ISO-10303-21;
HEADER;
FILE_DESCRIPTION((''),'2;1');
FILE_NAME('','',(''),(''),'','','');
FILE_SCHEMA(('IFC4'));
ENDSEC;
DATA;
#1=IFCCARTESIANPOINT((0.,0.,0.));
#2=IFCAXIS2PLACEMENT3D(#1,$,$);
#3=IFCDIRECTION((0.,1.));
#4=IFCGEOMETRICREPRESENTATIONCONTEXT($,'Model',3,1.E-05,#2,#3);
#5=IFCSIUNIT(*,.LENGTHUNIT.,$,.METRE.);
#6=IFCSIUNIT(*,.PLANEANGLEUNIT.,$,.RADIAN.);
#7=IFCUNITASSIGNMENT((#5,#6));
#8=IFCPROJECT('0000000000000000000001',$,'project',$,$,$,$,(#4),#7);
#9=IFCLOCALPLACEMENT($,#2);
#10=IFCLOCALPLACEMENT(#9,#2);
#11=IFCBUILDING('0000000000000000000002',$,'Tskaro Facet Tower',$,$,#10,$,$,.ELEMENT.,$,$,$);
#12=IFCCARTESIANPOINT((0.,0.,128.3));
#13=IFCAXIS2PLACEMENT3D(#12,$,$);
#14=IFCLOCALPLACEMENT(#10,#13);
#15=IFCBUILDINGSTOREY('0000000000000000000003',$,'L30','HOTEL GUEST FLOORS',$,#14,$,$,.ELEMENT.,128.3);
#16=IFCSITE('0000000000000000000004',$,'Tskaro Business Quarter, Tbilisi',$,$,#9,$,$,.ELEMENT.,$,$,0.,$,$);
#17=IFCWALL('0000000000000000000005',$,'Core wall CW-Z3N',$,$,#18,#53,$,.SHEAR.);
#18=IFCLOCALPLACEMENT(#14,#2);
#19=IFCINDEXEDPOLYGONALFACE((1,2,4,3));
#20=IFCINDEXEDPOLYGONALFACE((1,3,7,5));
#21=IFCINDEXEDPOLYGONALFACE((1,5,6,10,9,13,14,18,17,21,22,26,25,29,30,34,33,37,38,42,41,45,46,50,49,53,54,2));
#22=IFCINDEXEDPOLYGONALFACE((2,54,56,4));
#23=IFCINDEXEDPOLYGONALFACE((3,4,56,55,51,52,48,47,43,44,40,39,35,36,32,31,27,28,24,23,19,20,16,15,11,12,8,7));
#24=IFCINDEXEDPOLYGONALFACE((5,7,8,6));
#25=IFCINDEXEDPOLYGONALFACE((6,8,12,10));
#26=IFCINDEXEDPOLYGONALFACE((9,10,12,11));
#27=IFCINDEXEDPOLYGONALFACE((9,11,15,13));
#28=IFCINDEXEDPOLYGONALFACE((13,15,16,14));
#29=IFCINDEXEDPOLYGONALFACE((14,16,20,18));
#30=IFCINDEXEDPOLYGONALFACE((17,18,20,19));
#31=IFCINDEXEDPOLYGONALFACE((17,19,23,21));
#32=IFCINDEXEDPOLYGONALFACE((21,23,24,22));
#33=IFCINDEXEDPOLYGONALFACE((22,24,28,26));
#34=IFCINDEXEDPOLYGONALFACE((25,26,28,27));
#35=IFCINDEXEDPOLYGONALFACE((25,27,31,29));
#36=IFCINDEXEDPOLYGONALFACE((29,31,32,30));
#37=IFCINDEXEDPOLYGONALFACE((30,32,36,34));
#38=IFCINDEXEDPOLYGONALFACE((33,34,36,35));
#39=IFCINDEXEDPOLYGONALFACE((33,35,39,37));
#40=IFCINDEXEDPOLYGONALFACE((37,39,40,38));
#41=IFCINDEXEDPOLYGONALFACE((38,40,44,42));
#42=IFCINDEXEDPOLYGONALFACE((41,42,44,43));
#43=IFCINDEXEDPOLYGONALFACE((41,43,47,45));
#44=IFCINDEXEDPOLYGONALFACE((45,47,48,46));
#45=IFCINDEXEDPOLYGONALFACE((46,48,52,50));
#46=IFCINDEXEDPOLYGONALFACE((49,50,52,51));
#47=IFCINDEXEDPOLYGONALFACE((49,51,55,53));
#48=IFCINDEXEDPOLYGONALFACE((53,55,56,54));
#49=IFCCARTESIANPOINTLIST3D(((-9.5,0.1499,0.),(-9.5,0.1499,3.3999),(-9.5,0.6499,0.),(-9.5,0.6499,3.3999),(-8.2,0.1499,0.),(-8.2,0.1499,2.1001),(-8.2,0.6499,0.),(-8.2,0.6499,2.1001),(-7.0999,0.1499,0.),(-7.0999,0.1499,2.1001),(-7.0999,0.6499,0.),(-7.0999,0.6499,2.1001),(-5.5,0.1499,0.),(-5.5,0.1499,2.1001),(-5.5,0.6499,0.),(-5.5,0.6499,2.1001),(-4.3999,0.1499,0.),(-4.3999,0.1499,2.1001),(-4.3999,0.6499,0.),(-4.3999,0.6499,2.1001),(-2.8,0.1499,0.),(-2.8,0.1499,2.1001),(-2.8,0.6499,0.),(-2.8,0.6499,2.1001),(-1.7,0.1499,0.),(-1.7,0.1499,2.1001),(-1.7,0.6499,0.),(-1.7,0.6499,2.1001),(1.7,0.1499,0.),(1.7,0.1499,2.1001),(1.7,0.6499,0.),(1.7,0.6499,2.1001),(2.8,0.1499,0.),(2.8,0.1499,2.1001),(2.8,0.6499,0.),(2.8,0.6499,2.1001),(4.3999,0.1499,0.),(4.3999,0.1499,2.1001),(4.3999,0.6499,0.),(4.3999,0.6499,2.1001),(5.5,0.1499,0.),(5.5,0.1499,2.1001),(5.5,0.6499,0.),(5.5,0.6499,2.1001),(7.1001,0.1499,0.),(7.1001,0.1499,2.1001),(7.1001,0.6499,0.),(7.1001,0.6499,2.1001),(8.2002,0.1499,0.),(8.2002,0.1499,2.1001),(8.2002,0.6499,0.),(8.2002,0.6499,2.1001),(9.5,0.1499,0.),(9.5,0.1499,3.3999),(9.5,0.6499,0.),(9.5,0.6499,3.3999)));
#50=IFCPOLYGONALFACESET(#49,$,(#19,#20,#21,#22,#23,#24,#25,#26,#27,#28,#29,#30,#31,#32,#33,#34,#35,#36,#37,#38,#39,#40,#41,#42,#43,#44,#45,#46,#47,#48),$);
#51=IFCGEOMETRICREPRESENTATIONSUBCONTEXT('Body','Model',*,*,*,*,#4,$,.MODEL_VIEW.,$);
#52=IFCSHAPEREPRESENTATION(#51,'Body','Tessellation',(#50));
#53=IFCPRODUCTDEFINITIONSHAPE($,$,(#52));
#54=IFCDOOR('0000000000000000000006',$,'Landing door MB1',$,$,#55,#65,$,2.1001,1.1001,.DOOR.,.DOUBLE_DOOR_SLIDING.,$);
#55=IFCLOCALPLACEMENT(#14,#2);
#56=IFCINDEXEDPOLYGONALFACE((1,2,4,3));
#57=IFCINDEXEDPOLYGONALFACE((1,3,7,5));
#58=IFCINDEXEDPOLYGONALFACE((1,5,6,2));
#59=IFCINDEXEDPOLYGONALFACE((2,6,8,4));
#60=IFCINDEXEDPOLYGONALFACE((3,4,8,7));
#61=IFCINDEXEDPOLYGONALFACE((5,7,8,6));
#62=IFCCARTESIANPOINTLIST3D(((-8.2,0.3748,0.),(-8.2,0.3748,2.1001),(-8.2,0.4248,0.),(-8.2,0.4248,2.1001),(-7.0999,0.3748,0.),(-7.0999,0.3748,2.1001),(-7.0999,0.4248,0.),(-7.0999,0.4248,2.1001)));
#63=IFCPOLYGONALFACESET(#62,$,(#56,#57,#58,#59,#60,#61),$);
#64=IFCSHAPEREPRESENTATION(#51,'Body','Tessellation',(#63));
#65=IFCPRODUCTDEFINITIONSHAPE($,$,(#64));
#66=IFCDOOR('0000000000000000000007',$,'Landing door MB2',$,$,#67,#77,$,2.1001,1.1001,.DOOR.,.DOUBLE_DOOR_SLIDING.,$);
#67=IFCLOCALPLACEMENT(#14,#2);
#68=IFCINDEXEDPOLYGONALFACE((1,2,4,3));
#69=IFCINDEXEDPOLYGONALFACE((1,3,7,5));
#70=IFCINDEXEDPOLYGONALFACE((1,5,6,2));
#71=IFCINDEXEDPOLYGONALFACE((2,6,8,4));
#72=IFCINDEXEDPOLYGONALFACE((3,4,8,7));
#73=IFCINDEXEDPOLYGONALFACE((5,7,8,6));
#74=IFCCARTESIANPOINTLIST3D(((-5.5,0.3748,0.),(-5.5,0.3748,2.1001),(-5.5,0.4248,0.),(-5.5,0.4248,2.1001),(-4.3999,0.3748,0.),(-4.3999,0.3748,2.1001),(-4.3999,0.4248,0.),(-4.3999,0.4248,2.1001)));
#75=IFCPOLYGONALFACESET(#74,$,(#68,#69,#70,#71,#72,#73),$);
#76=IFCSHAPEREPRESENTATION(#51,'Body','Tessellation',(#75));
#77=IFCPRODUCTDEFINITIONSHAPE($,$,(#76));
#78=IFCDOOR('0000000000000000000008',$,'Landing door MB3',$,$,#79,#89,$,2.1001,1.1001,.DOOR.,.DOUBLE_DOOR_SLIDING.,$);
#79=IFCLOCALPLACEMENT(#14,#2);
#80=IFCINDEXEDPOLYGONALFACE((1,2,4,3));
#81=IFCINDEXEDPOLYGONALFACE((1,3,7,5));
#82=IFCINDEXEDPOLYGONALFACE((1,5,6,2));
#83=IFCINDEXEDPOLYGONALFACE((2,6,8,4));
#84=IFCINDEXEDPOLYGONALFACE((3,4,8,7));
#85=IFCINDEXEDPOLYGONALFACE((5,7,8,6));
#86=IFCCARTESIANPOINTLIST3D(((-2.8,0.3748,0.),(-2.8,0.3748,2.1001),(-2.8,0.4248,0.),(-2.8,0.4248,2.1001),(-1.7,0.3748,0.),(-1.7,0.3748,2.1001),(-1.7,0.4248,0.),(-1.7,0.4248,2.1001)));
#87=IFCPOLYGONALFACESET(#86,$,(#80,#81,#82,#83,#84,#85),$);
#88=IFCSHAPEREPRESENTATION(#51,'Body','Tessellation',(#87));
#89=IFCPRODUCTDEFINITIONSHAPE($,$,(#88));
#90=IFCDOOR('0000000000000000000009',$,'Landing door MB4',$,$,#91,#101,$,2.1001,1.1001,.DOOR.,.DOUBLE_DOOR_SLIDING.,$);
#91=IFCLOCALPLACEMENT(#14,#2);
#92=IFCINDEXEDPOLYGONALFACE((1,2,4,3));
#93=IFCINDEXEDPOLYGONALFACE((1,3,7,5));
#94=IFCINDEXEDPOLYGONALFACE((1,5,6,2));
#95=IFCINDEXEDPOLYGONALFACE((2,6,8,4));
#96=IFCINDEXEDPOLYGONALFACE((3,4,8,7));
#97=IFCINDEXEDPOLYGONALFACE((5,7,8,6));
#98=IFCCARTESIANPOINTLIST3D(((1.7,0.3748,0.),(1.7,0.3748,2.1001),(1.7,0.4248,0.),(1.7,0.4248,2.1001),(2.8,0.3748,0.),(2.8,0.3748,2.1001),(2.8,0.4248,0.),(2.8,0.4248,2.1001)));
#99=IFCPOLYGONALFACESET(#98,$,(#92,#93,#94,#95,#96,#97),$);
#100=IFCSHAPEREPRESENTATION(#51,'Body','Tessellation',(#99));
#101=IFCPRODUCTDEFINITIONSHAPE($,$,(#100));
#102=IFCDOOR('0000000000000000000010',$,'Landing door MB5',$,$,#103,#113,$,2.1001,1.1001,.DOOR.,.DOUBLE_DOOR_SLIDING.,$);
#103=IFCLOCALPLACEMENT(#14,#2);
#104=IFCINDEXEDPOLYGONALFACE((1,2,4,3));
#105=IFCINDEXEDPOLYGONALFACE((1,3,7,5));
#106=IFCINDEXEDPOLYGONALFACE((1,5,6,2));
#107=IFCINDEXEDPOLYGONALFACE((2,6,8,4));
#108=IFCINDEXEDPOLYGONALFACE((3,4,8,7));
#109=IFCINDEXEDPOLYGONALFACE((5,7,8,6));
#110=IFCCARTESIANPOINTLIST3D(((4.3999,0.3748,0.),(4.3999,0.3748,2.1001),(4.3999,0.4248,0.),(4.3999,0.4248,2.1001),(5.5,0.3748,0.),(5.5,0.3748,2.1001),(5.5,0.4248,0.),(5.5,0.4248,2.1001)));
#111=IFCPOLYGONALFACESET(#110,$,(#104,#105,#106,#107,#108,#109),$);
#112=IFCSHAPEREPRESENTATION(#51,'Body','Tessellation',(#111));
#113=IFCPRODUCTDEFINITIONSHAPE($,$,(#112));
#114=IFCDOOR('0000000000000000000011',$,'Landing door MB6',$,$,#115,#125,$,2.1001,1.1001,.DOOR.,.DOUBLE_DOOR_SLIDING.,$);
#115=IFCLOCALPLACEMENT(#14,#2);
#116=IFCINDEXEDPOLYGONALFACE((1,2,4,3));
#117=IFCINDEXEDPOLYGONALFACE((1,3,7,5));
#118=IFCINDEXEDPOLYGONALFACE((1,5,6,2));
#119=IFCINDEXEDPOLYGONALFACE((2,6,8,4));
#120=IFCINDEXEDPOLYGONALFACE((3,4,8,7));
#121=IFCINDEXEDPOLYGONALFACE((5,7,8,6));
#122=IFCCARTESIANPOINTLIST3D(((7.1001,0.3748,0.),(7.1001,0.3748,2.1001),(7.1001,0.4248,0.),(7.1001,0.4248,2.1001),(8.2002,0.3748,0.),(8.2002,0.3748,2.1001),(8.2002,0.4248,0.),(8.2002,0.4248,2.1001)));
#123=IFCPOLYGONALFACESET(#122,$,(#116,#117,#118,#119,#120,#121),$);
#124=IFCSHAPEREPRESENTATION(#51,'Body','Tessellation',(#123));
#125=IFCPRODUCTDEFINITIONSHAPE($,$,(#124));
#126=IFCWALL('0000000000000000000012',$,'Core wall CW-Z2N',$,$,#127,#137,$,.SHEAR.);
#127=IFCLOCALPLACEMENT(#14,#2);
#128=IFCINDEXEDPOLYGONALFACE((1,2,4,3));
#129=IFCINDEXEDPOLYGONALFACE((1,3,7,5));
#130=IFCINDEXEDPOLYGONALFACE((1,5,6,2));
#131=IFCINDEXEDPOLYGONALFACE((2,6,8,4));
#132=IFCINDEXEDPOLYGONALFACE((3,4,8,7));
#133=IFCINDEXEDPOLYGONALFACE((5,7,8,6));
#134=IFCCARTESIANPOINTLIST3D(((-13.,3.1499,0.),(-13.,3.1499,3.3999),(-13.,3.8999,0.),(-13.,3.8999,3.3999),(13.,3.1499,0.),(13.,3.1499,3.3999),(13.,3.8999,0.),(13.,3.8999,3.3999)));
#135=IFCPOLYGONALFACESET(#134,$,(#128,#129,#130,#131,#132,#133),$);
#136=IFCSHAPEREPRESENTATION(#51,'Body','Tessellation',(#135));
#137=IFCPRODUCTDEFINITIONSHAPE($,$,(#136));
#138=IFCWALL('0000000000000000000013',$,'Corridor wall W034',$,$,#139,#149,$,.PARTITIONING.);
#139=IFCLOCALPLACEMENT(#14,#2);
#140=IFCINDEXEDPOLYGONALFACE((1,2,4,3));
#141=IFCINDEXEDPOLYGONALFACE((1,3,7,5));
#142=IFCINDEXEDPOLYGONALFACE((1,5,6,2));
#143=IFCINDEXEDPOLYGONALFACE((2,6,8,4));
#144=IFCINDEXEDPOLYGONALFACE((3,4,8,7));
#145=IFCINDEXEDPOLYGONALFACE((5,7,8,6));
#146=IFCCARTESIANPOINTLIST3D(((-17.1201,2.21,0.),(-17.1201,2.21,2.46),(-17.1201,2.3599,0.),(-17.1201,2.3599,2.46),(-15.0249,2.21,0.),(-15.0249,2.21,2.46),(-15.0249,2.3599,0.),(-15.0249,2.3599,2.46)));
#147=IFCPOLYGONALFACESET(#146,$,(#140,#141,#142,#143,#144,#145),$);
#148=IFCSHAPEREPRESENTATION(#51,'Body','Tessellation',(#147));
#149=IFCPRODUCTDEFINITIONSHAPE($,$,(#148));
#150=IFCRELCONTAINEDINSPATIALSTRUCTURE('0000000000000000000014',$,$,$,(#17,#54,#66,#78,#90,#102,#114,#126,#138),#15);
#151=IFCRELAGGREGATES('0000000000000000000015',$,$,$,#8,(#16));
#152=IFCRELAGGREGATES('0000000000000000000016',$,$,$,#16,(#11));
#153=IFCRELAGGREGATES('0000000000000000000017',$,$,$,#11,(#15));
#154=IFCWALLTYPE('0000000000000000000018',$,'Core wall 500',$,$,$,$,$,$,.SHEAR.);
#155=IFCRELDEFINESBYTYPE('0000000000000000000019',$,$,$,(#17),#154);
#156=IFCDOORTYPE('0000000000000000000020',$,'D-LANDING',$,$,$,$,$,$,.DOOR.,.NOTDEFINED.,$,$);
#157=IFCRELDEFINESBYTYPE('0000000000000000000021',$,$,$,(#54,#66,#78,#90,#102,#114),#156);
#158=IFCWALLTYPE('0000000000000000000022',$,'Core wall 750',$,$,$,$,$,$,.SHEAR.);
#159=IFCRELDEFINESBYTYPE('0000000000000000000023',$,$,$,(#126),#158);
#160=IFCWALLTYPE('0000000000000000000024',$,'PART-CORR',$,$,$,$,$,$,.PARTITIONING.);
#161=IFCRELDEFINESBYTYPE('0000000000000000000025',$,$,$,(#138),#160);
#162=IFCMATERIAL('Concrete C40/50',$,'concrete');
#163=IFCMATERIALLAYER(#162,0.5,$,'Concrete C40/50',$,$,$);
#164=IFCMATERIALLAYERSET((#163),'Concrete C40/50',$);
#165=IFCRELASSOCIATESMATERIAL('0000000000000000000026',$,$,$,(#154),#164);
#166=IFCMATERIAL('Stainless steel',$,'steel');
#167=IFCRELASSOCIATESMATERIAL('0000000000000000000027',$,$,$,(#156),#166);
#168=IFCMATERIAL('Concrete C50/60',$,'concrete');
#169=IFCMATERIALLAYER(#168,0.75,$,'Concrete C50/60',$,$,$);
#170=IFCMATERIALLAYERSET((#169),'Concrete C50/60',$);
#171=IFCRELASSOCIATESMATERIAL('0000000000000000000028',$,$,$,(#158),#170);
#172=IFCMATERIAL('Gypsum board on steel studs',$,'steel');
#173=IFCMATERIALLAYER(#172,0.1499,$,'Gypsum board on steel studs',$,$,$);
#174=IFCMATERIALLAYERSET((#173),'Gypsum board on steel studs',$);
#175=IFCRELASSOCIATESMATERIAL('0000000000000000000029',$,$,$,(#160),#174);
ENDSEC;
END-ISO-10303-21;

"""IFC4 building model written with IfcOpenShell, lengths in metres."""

from ifc_helpers import new_model, si_unit, direction, frame, frame_2d, origin, place, context, subcontext, project, spatial, rectangle, extrude, material, layer, layer_set, type_object, element, fill, save


model = new_model("IFC4")

# Units and contexts
model_context = context("Model", 3, precision=1e-05, world=origin(), true_north=direction((0.0, 1.0)))
body_context = subcontext(model_context, "Body", "Model", "MODEL_VIEW")
ifc_project = project(units=[si_unit("LENGTHUNIT", "METRE"), si_unit("PLANEANGLEUNIT", "RADIAN")], contexts=[model_context])

# Site, building, storey
site_placement = place(None, origin())
site = spatial("IfcSite", under=ifc_project, at=site_placement, Name="Tskaro Business Quarter, Tbilisi", CompositionType="ELEMENT", RefElevation=0.0)
building_placement = place(site_placement, origin())
building = spatial("IfcBuilding", under=site, at=building_placement, Name="Tskaro Facet Tower", CompositionType="ELEMENT")
storey_placement = place(building_placement, frame((0.0, 0.0, 128.3)))
storey = spatial("IfcBuildingStorey", under=building, at=storey_placement, Name="L30", Description="HOTEL GUEST FLOORS", CompositionType="ELEMENT", Elevation=128.3)

# Wall, openings, doors
ifc_material_1 = material(Name="Concrete C40/50", Category="concrete")
ifc_layer_1 = layer(ifc_material_1, 0.5, Name="Concrete C40/50")
ifc_layer_set_1 = layer_set([ifc_layer_1], Name="Concrete C40/50")
wall_type_1 = type_object("IfcWallType", Name="Core wall 500", PredefinedType="SHEAR", material=ifc_layer_set_1)
wall_1_placement = place(storey_placement, frame((-9.5, 0.3999, 0.0), z_axis=(0.0, 0.0, 1.0), x_axis=(1.0, 0.0, 0.0)))
wall_1 = element("IfcWall", 1, at=wall_1_placement, inside=storey, type_object=wall_type_1, Name="Core wall CW-Z3N", PredefinedType="SHEAR", context=body_context, shape_type="SweptSolid", body=[
    extrude(rectangle(XDim=19.0, YDim=0.5, at=frame_2d((9.5, 0.0))), origin(), (0.0, 0.0, 1.0), 3.3999),
])
opening_1_placement = place(wall_1_placement, frame((1.3, 0.0, 0.0)))
opening_1 = element("IfcOpeningElement", 2, at=opening_1_placement, cuts=wall_1, PredefinedType="OPENING", context=body_context, shape_type="SweptSolid", body=[
    extrude(rectangle(XDim=1.1001, YDim=2.1001, at=frame_2d((0.55, 1.05))), frame((0.0, 0.26, 0.0), z_axis=(0.0, -1.0, 0.0), x_axis=(1.0, 0.0, 0.0)), (0.0, 0.0, 1.0), 0.52),
])
opening_2_placement = place(wall_1_placement, frame((4.0, 0.0, 0.0)))
opening_2 = element("IfcOpeningElement", 3, at=opening_2_placement, cuts=wall_1, PredefinedType="OPENING", context=body_context, shape_type="SweptSolid", body=[
    extrude(rectangle(XDim=1.1001, YDim=2.1001, at=frame_2d((0.55, 1.05))), frame((0.0, 0.26, 0.0), z_axis=(0.0, -1.0, 0.0), x_axis=(1.0, 0.0, 0.0)), (0.0, 0.0, 1.0), 0.52),
])
opening_3_placement = place(wall_1_placement, frame((6.7, 0.0, 0.0)))
opening_3 = element("IfcOpeningElement", 4, at=opening_3_placement, cuts=wall_1, PredefinedType="OPENING", context=body_context, shape_type="SweptSolid", body=[
    extrude(rectangle(XDim=1.1001, YDim=2.1001, at=frame_2d((0.55, 1.05))), frame((0.0, 0.26, 0.0), z_axis=(0.0, -1.0, 0.0), x_axis=(1.0, 0.0, 0.0)), (0.0, 0.0, 1.0), 0.52),
])
opening_4_placement = place(wall_1_placement, frame((11.2, 0.0, 0.0)))
opening_4 = element("IfcOpeningElement", 5, at=opening_4_placement, cuts=wall_1, PredefinedType="OPENING", context=body_context, shape_type="SweptSolid", body=[
    extrude(rectangle(XDim=1.1001, YDim=2.1001, at=frame_2d((0.55, 1.05))), frame((0.0, 0.26, 0.0), z_axis=(0.0, -1.0, 0.0), x_axis=(1.0, 0.0, 0.0)), (0.0, 0.0, 1.0), 0.52),
])
opening_5_placement = place(wall_1_placement, frame((13.8999, 0.0, 0.0)))
opening_5 = element("IfcOpeningElement", 6, at=opening_5_placement, cuts=wall_1, PredefinedType="OPENING", context=body_context, shape_type="SweptSolid", body=[
    extrude(rectangle(XDim=1.1001, YDim=2.1001, at=frame_2d((0.55, 1.05))), frame((0.0, 0.26, 0.0), z_axis=(0.0, -1.0, 0.0), x_axis=(1.0, 0.0, 0.0)), (0.0, 0.0, 1.0), 0.52),
])
opening_6_placement = place(wall_1_placement, frame((16.6001, 0.0, 0.0)))
opening_6 = element("IfcOpeningElement", 7, at=opening_6_placement, cuts=wall_1, PredefinedType="OPENING", context=body_context, shape_type="SweptSolid", body=[
    extrude(rectangle(XDim=1.1001, YDim=2.1001, at=frame_2d((0.55, 1.05))), frame((0.0, 0.26, 0.0), z_axis=(0.0, -1.0, 0.0), x_axis=(1.0, 0.0, 0.0)), (0.0, 0.0, 1.0), 0.52),
])
ifc_material_2 = material(Name="Stainless steel", Category="steel")
door_type_1 = type_object("IfcDoorType", Name="D-LANDING", OperationType="NOTDEFINED", PredefinedType="DOOR", material=ifc_material_2)
door_1_placement = place(opening_1_placement, origin())
door_1 = element("IfcDoor", 8, at=door_1_placement, inside=storey, type_object=door_type_1, Name="Landing door MB1", OperationType="DOUBLE_DOOR_SLIDING", OverallHeight=2.1001, OverallWidth=1.1001, PredefinedType="DOOR", context=body_context, shape_type="SweptSolid", body=[
    extrude(rectangle(XDim=1.1001, YDim=2.1001, at=frame_2d((0.55, 1.05))), frame((0.0, 0.0249, 0.0), z_axis=(0.0, -1.0, 0.0), x_axis=(1.0, 0.0, 0.0)), (0.0, 0.0, 1.0), 0.05),
])
fill(opening_1, door_1)
door_2_placement = place(opening_2_placement, origin())
door_2 = element("IfcDoor", 9, at=door_2_placement, inside=storey, type_object=door_type_1, Name="Landing door MB2", OperationType="DOUBLE_DOOR_SLIDING", OverallHeight=2.1001, OverallWidth=1.1001, PredefinedType="DOOR", context=body_context, shape_type="SweptSolid", body=[
    extrude(rectangle(XDim=1.1001, YDim=2.1001, at=frame_2d((0.55, 1.05))), frame((0.0, 0.0249, 0.0), z_axis=(0.0, -1.0, 0.0), x_axis=(1.0, 0.0, 0.0)), (0.0, 0.0, 1.0), 0.05),
])
fill(opening_2, door_2)
door_3_placement = place(opening_3_placement, origin())
door_3 = element("IfcDoor", 10, at=door_3_placement, inside=storey, type_object=door_type_1, Name="Landing door MB3", OperationType="DOUBLE_DOOR_SLIDING", OverallHeight=2.1001, OverallWidth=1.1001, PredefinedType="DOOR", context=body_context, shape_type="SweptSolid", body=[
    extrude(rectangle(XDim=1.1001, YDim=2.1001, at=frame_2d((0.55, 1.05))), frame((0.0, 0.0249, 0.0), z_axis=(0.0, -1.0, 0.0), x_axis=(1.0, 0.0, 0.0)), (0.0, 0.0, 1.0), 0.05),
])
fill(opening_3, door_3)
door_4_placement = place(opening_4_placement, origin())
door_4 = element("IfcDoor", 11, at=door_4_placement, inside=storey, type_object=door_type_1, Name="Landing door MB4", OperationType="DOUBLE_DOOR_SLIDING", OverallHeight=2.1001, OverallWidth=1.1001, PredefinedType="DOOR", context=body_context, shape_type="SweptSolid", body=[
    extrude(rectangle(XDim=1.1001, YDim=2.1001, at=frame_2d((0.55, 1.05))), frame((0.0, 0.0249, 0.0), z_axis=(0.0, -1.0, 0.0), x_axis=(1.0, 0.0, 0.0)), (0.0, 0.0, 1.0), 0.05),
])
fill(opening_4, door_4)
door_5_placement = place(opening_5_placement, origin())
door_5 = element("IfcDoor", 12, at=door_5_placement, inside=storey, type_object=door_type_1, Name="Landing door MB5", OperationType="DOUBLE_DOOR_SLIDING", OverallHeight=2.1001, OverallWidth=1.1001, PredefinedType="DOOR", context=body_context, shape_type="SweptSolid", body=[
    extrude(rectangle(XDim=1.1001, YDim=2.1001, at=frame_2d((0.55, 1.05))), frame((0.0, 0.0249, 0.0), z_axis=(0.0, -1.0, 0.0), x_axis=(1.0, 0.0, 0.0)), (0.0, 0.0, 1.0), 0.05),
])
fill(opening_5, door_5)
door_6_placement = place(opening_6_placement, origin())
door_6 = element("IfcDoor", 13, at=door_6_placement, inside=storey, type_object=door_type_1, Name="Landing door MB6", OperationType="DOUBLE_DOOR_SLIDING", OverallHeight=2.1001, OverallWidth=1.1001, PredefinedType="DOOR", context=body_context, shape_type="SweptSolid", body=[
    extrude(rectangle(XDim=1.1001, YDim=2.1001, at=frame_2d((0.55, 1.05))), frame((0.0, 0.0249, 0.0), z_axis=(0.0, -1.0, 0.0), x_axis=(1.0, 0.0, 0.0)), (0.0, 0.0, 1.0), 0.05),
])
fill(opening_6, door_6)

# Walls
ifc_material_3 = material(Name="Concrete C50/60", Category="concrete")
ifc_layer_2 = layer(ifc_material_3, 0.75, Name="Concrete C50/60")
ifc_layer_set_2 = layer_set([ifc_layer_2], Name="Concrete C50/60")
wall_type_2 = type_object("IfcWallType", Name="Core wall 750", PredefinedType="SHEAR", material=ifc_layer_set_2)
wall_2_placement = place(storey_placement, frame((-13.0, 3.5249, 0.0), z_axis=(0.0, 0.0, 1.0), x_axis=(1.0, 0.0, 0.0)))
element("IfcWall", 14, at=wall_2_placement, inside=storey, type_object=wall_type_2, Name="Core wall CW-Z2N", PredefinedType="SHEAR", context=body_context, shape_type="SweptSolid", body=[
    extrude(rectangle(XDim=26.0, YDim=0.75, at=frame_2d((13.0, 0.0))), origin(), (0.0, 0.0, 1.0), 3.3999),
])
ifc_material_4 = material(Name="Gypsum board on steel studs", Category="steel")
ifc_layer_3 = layer(ifc_material_4, 0.1499, Name="Gypsum board on steel studs")
ifc_layer_set_3 = layer_set([ifc_layer_3], Name="Gypsum board on steel studs")
wall_type_3 = type_object("IfcWallType", Name="PART-CORR", PredefinedType="PARTITIONING", material=ifc_layer_set_3)
wall_3_placement = place(storey_placement, frame((-17.1201, 2.2849, 0.0), z_axis=(0.0, 0.0, 1.0), x_axis=(1.0, 0.0, 0.0)))
element("IfcWall", 15, at=wall_3_placement, inside=storey, type_object=wall_type_3, Name="Corridor wall W034", PredefinedType="PARTITIONING", context=body_context, shape_type="SweptSolid", body=[
    extrude(rectangle(XDim=2.0952, YDim=0.1499, at=frame_2d((1.0476, 0.0))), origin(), (0.0, 0.0, 1.0), 2.46),
])

save(model, "model.ifc")
